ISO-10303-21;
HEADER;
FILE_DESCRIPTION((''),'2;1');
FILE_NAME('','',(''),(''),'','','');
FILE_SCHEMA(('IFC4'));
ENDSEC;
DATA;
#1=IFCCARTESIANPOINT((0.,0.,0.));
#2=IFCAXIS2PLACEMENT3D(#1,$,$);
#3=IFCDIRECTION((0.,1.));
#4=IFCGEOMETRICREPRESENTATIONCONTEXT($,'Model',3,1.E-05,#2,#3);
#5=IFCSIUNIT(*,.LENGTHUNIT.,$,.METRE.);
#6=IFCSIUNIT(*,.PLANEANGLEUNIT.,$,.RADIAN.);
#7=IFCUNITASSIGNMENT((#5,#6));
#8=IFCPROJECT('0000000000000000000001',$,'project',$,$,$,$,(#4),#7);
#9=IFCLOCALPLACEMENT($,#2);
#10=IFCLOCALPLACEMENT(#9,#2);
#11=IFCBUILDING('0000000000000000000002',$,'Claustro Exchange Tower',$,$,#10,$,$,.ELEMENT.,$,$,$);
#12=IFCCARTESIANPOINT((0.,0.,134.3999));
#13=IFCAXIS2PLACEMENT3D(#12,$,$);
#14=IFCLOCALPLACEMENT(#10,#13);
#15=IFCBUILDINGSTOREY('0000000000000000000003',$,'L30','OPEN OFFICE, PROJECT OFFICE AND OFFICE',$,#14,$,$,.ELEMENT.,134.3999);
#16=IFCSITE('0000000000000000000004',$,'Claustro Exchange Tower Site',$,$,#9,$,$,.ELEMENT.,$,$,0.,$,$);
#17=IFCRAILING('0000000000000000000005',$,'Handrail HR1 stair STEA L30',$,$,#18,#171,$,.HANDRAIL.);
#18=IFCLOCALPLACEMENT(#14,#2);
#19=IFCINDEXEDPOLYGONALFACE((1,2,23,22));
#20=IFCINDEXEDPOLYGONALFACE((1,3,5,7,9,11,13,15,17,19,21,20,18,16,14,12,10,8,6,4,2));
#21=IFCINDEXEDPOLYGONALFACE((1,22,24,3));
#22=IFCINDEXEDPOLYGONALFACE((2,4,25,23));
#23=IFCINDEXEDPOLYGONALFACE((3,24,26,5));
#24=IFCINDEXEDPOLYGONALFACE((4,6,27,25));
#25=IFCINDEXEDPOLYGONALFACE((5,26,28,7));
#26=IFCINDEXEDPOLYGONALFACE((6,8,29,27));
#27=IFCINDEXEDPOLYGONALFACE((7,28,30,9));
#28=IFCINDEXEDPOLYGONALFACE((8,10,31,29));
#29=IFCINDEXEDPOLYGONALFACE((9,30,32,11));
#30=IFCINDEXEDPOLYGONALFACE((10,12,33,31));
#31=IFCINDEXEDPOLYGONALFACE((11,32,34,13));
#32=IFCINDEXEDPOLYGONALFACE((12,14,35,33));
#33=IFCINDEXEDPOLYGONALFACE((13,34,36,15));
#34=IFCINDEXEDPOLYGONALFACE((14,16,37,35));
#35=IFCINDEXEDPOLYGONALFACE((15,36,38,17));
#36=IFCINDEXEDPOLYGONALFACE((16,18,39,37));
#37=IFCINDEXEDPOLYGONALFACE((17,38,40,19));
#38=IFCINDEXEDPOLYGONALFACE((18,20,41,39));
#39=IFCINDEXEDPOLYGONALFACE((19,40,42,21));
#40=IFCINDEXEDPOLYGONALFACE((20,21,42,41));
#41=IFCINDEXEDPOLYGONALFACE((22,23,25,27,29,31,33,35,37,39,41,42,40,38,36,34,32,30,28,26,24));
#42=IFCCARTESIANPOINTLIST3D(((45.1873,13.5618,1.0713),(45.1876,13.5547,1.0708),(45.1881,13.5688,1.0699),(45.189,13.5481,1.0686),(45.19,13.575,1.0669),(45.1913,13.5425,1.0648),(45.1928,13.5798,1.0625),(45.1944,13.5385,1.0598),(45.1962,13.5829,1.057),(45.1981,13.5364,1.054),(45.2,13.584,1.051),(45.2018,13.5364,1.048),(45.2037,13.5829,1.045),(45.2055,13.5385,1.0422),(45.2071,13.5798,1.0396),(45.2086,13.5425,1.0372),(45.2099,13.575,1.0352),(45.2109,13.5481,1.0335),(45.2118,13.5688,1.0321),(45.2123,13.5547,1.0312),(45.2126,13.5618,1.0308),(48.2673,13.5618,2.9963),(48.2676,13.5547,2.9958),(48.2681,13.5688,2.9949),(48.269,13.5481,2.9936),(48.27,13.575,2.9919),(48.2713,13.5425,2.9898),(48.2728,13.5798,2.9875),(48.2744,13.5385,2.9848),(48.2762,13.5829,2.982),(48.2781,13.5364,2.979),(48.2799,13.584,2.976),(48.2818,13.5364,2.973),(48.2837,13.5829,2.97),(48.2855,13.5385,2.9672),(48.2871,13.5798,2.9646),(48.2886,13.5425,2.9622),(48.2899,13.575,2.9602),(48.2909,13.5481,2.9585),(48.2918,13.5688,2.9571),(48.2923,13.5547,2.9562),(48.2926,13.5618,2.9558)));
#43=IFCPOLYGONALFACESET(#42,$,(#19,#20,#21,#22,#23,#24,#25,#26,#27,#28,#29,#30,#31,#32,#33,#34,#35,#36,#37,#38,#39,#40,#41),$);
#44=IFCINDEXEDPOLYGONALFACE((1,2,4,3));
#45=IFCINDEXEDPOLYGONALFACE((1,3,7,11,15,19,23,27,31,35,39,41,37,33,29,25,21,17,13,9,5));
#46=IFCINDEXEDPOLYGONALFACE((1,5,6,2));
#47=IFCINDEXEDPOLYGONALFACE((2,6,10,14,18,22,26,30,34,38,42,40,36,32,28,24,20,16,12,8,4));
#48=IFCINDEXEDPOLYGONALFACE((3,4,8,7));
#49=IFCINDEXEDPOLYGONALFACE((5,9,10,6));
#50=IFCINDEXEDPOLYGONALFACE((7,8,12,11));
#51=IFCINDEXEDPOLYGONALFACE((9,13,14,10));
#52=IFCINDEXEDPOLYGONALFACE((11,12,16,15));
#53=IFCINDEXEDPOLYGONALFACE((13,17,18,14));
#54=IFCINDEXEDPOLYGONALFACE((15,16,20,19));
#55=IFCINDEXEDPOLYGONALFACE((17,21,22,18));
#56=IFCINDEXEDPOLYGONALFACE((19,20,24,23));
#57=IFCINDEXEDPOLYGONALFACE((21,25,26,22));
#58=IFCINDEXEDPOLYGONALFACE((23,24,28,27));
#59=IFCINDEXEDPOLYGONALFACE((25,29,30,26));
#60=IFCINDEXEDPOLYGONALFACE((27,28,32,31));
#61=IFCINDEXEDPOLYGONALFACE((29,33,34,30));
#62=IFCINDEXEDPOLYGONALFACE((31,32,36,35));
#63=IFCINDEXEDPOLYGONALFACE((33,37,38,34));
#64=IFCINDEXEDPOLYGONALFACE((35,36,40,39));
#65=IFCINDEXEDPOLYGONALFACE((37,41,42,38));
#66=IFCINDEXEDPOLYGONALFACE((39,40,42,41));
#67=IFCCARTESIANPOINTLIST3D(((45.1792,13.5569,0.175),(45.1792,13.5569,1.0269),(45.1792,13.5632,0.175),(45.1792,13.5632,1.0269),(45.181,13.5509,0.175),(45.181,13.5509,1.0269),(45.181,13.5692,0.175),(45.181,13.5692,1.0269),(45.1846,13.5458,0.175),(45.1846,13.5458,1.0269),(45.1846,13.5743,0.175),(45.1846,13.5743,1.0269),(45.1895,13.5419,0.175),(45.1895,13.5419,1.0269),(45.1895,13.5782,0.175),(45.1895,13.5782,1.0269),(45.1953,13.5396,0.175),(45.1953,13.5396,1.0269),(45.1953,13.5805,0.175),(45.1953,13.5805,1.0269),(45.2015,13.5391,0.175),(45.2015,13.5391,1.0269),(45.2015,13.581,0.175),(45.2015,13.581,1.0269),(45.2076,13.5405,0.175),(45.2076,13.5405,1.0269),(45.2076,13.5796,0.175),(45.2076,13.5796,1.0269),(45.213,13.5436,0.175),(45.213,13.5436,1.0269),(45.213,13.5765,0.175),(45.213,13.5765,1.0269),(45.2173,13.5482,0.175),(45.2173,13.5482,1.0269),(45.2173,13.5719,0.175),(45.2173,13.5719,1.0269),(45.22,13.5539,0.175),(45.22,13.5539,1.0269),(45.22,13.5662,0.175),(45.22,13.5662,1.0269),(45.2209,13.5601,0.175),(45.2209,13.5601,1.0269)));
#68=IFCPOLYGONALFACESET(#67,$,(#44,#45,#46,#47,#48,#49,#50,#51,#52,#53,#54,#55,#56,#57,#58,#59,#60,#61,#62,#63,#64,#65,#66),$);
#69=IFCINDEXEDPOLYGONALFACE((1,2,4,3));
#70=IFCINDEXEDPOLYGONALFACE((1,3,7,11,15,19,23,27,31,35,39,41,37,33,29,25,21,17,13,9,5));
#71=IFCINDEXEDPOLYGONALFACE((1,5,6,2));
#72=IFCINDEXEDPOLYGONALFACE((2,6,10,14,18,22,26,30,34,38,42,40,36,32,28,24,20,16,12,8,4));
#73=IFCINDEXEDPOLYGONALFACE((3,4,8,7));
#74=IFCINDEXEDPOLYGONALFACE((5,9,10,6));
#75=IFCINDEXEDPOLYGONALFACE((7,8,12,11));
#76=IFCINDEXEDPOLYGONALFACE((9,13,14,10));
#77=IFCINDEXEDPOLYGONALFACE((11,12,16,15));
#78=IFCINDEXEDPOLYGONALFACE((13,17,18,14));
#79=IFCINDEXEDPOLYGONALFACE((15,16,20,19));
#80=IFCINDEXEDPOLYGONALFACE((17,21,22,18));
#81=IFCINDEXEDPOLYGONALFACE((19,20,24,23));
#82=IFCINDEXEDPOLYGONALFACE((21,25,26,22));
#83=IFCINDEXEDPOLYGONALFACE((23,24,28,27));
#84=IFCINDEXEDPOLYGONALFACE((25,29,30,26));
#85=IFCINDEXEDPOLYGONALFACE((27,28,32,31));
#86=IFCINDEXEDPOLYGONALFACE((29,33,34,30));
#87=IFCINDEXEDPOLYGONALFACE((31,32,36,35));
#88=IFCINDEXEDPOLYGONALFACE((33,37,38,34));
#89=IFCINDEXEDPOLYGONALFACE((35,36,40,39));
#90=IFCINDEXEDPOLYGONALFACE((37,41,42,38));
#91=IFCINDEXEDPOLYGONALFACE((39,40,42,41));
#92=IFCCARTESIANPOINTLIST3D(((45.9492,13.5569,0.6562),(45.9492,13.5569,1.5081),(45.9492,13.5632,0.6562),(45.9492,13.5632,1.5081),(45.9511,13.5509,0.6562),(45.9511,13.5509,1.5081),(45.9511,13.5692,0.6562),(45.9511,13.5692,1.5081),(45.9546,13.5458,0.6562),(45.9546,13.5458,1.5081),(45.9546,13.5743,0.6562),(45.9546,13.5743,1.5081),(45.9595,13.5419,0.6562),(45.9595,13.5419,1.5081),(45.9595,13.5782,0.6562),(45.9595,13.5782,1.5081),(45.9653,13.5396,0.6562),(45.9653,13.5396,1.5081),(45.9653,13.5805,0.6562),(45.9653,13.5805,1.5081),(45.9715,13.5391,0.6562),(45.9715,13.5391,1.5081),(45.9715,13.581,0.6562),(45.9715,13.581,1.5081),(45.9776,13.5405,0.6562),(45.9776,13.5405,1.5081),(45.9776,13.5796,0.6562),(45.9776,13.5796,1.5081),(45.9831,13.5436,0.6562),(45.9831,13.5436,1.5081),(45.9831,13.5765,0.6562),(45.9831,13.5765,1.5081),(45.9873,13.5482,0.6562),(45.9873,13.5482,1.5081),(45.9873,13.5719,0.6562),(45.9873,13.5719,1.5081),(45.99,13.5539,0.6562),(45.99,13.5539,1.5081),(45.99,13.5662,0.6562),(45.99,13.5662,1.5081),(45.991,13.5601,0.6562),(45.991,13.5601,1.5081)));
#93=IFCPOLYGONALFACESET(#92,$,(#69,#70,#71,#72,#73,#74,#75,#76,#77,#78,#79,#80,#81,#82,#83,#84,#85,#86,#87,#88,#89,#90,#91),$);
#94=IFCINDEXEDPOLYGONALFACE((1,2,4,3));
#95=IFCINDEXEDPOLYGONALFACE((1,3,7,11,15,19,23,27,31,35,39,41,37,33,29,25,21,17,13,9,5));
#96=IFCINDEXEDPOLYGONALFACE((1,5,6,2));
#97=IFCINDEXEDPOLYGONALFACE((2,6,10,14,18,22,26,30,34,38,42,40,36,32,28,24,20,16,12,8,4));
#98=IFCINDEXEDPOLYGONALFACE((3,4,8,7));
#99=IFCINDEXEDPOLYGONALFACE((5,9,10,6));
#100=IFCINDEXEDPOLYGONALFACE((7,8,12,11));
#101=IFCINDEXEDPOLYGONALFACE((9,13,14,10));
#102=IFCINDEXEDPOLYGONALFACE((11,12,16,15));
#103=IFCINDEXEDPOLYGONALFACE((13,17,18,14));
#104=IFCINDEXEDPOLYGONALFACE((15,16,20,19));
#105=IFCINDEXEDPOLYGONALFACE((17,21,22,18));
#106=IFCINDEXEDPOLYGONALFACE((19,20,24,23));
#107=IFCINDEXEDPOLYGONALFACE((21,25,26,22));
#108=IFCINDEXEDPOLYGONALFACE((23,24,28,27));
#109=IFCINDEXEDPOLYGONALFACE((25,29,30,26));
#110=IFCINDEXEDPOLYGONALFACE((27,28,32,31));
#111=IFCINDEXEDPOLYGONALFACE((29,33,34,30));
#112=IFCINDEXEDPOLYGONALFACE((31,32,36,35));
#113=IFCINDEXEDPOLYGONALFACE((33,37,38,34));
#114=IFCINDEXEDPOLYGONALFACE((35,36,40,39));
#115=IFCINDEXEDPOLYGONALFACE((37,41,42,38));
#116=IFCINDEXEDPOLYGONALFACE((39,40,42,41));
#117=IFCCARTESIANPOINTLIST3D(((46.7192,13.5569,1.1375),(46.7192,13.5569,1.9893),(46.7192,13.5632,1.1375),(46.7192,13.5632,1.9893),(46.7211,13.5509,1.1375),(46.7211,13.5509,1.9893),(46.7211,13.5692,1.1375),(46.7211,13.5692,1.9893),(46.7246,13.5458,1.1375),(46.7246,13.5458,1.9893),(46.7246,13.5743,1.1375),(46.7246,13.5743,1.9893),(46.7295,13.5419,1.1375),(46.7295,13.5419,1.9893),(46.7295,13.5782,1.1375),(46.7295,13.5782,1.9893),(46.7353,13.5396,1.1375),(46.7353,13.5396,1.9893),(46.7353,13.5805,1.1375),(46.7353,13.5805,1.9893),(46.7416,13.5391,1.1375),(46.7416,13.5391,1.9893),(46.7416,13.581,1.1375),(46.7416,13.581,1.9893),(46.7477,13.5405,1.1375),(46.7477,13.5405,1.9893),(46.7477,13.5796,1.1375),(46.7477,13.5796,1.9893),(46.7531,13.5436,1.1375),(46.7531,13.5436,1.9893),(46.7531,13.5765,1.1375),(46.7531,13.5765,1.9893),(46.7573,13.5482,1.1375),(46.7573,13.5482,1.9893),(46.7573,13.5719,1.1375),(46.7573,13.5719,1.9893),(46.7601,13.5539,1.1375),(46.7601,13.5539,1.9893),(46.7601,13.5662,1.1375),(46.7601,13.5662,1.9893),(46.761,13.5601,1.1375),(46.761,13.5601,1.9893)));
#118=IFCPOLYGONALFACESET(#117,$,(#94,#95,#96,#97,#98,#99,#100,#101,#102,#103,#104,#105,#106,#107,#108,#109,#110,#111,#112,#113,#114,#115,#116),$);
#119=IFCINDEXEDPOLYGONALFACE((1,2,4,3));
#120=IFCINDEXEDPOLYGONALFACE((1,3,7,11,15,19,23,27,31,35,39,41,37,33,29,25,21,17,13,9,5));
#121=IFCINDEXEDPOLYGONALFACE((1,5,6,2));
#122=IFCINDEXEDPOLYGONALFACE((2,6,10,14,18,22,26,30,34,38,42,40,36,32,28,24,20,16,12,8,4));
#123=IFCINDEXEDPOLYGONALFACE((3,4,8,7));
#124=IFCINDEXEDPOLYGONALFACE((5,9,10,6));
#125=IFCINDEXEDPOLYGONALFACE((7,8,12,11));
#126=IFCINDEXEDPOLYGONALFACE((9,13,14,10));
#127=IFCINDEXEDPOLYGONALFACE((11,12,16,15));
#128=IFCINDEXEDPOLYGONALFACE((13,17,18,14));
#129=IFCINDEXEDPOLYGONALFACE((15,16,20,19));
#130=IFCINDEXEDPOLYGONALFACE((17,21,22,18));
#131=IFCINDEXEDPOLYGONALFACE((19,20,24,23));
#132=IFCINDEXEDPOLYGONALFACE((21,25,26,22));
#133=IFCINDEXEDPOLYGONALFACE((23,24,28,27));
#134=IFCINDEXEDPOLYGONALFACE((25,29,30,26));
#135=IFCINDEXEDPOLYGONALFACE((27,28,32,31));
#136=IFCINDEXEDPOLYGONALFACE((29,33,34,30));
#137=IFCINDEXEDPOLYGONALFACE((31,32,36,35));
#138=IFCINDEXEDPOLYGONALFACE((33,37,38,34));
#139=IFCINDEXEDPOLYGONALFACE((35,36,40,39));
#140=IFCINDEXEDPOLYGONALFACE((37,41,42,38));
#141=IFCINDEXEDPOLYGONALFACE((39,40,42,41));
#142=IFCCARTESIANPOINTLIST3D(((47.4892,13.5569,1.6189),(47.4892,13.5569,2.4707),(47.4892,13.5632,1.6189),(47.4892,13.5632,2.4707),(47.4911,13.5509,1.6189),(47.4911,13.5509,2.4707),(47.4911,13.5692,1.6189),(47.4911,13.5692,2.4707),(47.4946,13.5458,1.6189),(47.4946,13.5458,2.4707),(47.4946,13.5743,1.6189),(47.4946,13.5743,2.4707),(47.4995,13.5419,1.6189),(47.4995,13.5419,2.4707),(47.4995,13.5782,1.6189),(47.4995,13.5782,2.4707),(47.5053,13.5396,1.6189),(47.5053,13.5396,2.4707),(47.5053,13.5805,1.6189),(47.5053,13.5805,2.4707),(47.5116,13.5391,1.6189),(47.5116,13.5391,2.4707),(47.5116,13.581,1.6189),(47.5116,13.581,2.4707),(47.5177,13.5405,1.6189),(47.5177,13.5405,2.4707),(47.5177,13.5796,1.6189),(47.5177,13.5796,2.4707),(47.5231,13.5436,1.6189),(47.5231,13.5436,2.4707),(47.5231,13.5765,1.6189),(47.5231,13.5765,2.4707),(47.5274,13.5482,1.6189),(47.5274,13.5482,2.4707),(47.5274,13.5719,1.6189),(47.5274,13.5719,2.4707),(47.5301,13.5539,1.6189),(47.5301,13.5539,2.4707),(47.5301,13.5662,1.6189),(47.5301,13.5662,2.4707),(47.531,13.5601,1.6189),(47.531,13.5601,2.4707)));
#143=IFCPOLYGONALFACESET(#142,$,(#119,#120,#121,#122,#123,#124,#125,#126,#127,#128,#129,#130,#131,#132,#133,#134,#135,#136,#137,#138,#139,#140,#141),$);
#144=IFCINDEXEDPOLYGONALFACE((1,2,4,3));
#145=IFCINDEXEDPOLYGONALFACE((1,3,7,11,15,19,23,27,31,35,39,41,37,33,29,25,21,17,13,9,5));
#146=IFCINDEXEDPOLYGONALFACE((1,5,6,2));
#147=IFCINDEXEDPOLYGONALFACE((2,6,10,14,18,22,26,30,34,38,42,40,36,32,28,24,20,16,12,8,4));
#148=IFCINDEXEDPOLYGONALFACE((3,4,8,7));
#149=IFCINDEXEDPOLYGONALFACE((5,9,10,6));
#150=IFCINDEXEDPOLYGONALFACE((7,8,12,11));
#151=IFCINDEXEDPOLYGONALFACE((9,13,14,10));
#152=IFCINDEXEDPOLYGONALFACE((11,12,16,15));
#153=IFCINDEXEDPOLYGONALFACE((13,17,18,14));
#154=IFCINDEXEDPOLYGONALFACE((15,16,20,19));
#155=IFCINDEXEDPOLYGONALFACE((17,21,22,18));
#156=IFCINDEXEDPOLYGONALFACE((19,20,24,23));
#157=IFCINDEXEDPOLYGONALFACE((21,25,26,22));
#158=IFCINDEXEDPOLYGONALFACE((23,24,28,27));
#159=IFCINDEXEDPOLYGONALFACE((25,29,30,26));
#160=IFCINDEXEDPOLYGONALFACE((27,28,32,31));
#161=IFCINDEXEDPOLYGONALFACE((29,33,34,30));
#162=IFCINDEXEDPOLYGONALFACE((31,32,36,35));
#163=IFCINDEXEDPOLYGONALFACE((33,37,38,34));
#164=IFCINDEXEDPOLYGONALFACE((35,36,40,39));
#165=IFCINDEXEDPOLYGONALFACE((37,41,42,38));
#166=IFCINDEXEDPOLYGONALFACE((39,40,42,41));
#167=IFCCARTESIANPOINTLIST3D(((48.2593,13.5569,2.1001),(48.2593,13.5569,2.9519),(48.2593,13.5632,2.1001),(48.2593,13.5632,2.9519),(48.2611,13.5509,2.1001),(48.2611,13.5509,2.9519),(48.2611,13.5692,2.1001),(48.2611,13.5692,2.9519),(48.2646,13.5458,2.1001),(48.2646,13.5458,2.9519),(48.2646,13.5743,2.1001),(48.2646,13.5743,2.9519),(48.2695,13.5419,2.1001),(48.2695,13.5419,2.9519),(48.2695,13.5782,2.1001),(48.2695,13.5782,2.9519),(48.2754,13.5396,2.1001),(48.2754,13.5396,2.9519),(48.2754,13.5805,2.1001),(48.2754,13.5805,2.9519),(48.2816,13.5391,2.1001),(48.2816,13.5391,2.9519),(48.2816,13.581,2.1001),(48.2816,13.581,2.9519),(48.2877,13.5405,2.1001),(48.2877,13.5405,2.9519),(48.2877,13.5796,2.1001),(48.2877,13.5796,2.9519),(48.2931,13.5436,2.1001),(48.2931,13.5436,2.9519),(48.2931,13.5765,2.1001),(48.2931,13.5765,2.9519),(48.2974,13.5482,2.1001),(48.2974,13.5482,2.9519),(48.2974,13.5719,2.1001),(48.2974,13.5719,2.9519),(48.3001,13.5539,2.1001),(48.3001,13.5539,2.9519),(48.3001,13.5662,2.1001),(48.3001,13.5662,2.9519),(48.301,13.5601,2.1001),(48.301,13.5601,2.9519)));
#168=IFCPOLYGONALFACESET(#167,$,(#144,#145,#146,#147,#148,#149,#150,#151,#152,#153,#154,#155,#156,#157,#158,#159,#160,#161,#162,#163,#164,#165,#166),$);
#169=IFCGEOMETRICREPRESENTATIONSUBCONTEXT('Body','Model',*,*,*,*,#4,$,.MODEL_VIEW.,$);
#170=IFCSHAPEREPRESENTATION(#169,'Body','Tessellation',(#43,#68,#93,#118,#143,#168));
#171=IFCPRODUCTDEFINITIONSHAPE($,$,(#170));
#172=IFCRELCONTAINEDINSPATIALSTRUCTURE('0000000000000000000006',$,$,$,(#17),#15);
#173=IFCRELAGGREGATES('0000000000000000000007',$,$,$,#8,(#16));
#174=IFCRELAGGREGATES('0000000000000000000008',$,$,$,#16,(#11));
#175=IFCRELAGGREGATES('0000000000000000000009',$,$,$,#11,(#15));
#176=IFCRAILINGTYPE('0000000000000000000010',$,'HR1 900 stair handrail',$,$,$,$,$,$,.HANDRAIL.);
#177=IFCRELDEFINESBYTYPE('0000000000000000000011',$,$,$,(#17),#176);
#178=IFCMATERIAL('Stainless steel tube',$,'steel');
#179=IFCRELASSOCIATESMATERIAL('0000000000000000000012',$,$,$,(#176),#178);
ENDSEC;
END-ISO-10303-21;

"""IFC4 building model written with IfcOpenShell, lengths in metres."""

from ifc_helpers import new_model, si_unit, direction, frame, origin, origin_2d, place, context, subcontext, project, spatial, circle, extrude, material, type_object, element, save


model = new_model("IFC4")

# Units and contexts
model_context = context("Model", 3, precision=1e-05, world=origin(), true_north=direction((0.0, 1.0)))
body_context = subcontext(model_context, "Body", "Model", "MODEL_VIEW")
ifc_project = project(units=[si_unit("LENGTHUNIT", "METRE"), si_unit("PLANEANGLEUNIT", "RADIAN")], contexts=[model_context])

# Site, building, storey
site_placement = place(None, origin())
site = spatial("IfcSite", under=ifc_project, at=site_placement, Name="Claustro Exchange Tower Site", CompositionType="ELEMENT", RefElevation=0.0)
building_placement = place(site_placement, origin())
building = spatial("IfcBuilding", under=site, at=building_placement, Name="Claustro Exchange Tower", CompositionType="ELEMENT")
storey_placement = place(building_placement, frame((0.0, 0.0, 134.3999)))
storey = spatial("IfcBuildingStorey", under=building, at=storey_placement, Name="L30", Description="OPEN OFFICE, PROJECT OFFICE AND OFFICE", CompositionType="ELEMENT", Elevation=134.3999)

# Railing
ifc_material_1 = material(Name="Stainless steel tube", Category="steel")
railing_type_1 = type_object("IfcRailingType", Name="HR1 900 stair handrail", PredefinedType="HANDRAIL", material=ifc_material_1)
railing_1_placement = place(storey_placement, frame((45.2, 13.5601, 0.175)))
element("IfcRailing", 1, at=railing_1_placement, inside=storey, type_object=railing_type_1, Name="Handrail HR1 stair STEA L30", PredefinedType="HANDRAIL", context=body_context, shape_type="SweptSolid", body=[
    extrude(circle(Radius=0.0239, at=origin_2d()), frame((0.0, 0.0, 0.876), z_axis=(0.847998, 0.0, 0.529999), x_axis=(0.0, 1.0, 0.0)), (0.0, 0.0, 1.0), 3.6321),
    extrude(circle(Radius=0.021, at=origin_2d()), origin(), (0.0, 0.0, 1.0), 0.8518),
    extrude(circle(Radius=0.021, at=origin_2d()), frame((0.77, 0.0, 0.4812)), (0.0, 0.0, 1.0), 0.8518),
    extrude(circle(Radius=0.021, at=origin_2d()), frame((1.54, 0.0, 0.9624)), (0.0, 0.0, 1.0), 0.8518),
    extrude(circle(Radius=0.021, at=origin_2d()), frame((2.3101, 0.0, 1.4438)), (0.0, 0.0, 1.0), 0.8518),
    extrude(circle(Radius=0.021, at=origin_2d()), frame((3.0801, 0.0, 1.925)), (0.0, 0.0, 1.0), 0.8518),
])

save(model, "model.ifc")
